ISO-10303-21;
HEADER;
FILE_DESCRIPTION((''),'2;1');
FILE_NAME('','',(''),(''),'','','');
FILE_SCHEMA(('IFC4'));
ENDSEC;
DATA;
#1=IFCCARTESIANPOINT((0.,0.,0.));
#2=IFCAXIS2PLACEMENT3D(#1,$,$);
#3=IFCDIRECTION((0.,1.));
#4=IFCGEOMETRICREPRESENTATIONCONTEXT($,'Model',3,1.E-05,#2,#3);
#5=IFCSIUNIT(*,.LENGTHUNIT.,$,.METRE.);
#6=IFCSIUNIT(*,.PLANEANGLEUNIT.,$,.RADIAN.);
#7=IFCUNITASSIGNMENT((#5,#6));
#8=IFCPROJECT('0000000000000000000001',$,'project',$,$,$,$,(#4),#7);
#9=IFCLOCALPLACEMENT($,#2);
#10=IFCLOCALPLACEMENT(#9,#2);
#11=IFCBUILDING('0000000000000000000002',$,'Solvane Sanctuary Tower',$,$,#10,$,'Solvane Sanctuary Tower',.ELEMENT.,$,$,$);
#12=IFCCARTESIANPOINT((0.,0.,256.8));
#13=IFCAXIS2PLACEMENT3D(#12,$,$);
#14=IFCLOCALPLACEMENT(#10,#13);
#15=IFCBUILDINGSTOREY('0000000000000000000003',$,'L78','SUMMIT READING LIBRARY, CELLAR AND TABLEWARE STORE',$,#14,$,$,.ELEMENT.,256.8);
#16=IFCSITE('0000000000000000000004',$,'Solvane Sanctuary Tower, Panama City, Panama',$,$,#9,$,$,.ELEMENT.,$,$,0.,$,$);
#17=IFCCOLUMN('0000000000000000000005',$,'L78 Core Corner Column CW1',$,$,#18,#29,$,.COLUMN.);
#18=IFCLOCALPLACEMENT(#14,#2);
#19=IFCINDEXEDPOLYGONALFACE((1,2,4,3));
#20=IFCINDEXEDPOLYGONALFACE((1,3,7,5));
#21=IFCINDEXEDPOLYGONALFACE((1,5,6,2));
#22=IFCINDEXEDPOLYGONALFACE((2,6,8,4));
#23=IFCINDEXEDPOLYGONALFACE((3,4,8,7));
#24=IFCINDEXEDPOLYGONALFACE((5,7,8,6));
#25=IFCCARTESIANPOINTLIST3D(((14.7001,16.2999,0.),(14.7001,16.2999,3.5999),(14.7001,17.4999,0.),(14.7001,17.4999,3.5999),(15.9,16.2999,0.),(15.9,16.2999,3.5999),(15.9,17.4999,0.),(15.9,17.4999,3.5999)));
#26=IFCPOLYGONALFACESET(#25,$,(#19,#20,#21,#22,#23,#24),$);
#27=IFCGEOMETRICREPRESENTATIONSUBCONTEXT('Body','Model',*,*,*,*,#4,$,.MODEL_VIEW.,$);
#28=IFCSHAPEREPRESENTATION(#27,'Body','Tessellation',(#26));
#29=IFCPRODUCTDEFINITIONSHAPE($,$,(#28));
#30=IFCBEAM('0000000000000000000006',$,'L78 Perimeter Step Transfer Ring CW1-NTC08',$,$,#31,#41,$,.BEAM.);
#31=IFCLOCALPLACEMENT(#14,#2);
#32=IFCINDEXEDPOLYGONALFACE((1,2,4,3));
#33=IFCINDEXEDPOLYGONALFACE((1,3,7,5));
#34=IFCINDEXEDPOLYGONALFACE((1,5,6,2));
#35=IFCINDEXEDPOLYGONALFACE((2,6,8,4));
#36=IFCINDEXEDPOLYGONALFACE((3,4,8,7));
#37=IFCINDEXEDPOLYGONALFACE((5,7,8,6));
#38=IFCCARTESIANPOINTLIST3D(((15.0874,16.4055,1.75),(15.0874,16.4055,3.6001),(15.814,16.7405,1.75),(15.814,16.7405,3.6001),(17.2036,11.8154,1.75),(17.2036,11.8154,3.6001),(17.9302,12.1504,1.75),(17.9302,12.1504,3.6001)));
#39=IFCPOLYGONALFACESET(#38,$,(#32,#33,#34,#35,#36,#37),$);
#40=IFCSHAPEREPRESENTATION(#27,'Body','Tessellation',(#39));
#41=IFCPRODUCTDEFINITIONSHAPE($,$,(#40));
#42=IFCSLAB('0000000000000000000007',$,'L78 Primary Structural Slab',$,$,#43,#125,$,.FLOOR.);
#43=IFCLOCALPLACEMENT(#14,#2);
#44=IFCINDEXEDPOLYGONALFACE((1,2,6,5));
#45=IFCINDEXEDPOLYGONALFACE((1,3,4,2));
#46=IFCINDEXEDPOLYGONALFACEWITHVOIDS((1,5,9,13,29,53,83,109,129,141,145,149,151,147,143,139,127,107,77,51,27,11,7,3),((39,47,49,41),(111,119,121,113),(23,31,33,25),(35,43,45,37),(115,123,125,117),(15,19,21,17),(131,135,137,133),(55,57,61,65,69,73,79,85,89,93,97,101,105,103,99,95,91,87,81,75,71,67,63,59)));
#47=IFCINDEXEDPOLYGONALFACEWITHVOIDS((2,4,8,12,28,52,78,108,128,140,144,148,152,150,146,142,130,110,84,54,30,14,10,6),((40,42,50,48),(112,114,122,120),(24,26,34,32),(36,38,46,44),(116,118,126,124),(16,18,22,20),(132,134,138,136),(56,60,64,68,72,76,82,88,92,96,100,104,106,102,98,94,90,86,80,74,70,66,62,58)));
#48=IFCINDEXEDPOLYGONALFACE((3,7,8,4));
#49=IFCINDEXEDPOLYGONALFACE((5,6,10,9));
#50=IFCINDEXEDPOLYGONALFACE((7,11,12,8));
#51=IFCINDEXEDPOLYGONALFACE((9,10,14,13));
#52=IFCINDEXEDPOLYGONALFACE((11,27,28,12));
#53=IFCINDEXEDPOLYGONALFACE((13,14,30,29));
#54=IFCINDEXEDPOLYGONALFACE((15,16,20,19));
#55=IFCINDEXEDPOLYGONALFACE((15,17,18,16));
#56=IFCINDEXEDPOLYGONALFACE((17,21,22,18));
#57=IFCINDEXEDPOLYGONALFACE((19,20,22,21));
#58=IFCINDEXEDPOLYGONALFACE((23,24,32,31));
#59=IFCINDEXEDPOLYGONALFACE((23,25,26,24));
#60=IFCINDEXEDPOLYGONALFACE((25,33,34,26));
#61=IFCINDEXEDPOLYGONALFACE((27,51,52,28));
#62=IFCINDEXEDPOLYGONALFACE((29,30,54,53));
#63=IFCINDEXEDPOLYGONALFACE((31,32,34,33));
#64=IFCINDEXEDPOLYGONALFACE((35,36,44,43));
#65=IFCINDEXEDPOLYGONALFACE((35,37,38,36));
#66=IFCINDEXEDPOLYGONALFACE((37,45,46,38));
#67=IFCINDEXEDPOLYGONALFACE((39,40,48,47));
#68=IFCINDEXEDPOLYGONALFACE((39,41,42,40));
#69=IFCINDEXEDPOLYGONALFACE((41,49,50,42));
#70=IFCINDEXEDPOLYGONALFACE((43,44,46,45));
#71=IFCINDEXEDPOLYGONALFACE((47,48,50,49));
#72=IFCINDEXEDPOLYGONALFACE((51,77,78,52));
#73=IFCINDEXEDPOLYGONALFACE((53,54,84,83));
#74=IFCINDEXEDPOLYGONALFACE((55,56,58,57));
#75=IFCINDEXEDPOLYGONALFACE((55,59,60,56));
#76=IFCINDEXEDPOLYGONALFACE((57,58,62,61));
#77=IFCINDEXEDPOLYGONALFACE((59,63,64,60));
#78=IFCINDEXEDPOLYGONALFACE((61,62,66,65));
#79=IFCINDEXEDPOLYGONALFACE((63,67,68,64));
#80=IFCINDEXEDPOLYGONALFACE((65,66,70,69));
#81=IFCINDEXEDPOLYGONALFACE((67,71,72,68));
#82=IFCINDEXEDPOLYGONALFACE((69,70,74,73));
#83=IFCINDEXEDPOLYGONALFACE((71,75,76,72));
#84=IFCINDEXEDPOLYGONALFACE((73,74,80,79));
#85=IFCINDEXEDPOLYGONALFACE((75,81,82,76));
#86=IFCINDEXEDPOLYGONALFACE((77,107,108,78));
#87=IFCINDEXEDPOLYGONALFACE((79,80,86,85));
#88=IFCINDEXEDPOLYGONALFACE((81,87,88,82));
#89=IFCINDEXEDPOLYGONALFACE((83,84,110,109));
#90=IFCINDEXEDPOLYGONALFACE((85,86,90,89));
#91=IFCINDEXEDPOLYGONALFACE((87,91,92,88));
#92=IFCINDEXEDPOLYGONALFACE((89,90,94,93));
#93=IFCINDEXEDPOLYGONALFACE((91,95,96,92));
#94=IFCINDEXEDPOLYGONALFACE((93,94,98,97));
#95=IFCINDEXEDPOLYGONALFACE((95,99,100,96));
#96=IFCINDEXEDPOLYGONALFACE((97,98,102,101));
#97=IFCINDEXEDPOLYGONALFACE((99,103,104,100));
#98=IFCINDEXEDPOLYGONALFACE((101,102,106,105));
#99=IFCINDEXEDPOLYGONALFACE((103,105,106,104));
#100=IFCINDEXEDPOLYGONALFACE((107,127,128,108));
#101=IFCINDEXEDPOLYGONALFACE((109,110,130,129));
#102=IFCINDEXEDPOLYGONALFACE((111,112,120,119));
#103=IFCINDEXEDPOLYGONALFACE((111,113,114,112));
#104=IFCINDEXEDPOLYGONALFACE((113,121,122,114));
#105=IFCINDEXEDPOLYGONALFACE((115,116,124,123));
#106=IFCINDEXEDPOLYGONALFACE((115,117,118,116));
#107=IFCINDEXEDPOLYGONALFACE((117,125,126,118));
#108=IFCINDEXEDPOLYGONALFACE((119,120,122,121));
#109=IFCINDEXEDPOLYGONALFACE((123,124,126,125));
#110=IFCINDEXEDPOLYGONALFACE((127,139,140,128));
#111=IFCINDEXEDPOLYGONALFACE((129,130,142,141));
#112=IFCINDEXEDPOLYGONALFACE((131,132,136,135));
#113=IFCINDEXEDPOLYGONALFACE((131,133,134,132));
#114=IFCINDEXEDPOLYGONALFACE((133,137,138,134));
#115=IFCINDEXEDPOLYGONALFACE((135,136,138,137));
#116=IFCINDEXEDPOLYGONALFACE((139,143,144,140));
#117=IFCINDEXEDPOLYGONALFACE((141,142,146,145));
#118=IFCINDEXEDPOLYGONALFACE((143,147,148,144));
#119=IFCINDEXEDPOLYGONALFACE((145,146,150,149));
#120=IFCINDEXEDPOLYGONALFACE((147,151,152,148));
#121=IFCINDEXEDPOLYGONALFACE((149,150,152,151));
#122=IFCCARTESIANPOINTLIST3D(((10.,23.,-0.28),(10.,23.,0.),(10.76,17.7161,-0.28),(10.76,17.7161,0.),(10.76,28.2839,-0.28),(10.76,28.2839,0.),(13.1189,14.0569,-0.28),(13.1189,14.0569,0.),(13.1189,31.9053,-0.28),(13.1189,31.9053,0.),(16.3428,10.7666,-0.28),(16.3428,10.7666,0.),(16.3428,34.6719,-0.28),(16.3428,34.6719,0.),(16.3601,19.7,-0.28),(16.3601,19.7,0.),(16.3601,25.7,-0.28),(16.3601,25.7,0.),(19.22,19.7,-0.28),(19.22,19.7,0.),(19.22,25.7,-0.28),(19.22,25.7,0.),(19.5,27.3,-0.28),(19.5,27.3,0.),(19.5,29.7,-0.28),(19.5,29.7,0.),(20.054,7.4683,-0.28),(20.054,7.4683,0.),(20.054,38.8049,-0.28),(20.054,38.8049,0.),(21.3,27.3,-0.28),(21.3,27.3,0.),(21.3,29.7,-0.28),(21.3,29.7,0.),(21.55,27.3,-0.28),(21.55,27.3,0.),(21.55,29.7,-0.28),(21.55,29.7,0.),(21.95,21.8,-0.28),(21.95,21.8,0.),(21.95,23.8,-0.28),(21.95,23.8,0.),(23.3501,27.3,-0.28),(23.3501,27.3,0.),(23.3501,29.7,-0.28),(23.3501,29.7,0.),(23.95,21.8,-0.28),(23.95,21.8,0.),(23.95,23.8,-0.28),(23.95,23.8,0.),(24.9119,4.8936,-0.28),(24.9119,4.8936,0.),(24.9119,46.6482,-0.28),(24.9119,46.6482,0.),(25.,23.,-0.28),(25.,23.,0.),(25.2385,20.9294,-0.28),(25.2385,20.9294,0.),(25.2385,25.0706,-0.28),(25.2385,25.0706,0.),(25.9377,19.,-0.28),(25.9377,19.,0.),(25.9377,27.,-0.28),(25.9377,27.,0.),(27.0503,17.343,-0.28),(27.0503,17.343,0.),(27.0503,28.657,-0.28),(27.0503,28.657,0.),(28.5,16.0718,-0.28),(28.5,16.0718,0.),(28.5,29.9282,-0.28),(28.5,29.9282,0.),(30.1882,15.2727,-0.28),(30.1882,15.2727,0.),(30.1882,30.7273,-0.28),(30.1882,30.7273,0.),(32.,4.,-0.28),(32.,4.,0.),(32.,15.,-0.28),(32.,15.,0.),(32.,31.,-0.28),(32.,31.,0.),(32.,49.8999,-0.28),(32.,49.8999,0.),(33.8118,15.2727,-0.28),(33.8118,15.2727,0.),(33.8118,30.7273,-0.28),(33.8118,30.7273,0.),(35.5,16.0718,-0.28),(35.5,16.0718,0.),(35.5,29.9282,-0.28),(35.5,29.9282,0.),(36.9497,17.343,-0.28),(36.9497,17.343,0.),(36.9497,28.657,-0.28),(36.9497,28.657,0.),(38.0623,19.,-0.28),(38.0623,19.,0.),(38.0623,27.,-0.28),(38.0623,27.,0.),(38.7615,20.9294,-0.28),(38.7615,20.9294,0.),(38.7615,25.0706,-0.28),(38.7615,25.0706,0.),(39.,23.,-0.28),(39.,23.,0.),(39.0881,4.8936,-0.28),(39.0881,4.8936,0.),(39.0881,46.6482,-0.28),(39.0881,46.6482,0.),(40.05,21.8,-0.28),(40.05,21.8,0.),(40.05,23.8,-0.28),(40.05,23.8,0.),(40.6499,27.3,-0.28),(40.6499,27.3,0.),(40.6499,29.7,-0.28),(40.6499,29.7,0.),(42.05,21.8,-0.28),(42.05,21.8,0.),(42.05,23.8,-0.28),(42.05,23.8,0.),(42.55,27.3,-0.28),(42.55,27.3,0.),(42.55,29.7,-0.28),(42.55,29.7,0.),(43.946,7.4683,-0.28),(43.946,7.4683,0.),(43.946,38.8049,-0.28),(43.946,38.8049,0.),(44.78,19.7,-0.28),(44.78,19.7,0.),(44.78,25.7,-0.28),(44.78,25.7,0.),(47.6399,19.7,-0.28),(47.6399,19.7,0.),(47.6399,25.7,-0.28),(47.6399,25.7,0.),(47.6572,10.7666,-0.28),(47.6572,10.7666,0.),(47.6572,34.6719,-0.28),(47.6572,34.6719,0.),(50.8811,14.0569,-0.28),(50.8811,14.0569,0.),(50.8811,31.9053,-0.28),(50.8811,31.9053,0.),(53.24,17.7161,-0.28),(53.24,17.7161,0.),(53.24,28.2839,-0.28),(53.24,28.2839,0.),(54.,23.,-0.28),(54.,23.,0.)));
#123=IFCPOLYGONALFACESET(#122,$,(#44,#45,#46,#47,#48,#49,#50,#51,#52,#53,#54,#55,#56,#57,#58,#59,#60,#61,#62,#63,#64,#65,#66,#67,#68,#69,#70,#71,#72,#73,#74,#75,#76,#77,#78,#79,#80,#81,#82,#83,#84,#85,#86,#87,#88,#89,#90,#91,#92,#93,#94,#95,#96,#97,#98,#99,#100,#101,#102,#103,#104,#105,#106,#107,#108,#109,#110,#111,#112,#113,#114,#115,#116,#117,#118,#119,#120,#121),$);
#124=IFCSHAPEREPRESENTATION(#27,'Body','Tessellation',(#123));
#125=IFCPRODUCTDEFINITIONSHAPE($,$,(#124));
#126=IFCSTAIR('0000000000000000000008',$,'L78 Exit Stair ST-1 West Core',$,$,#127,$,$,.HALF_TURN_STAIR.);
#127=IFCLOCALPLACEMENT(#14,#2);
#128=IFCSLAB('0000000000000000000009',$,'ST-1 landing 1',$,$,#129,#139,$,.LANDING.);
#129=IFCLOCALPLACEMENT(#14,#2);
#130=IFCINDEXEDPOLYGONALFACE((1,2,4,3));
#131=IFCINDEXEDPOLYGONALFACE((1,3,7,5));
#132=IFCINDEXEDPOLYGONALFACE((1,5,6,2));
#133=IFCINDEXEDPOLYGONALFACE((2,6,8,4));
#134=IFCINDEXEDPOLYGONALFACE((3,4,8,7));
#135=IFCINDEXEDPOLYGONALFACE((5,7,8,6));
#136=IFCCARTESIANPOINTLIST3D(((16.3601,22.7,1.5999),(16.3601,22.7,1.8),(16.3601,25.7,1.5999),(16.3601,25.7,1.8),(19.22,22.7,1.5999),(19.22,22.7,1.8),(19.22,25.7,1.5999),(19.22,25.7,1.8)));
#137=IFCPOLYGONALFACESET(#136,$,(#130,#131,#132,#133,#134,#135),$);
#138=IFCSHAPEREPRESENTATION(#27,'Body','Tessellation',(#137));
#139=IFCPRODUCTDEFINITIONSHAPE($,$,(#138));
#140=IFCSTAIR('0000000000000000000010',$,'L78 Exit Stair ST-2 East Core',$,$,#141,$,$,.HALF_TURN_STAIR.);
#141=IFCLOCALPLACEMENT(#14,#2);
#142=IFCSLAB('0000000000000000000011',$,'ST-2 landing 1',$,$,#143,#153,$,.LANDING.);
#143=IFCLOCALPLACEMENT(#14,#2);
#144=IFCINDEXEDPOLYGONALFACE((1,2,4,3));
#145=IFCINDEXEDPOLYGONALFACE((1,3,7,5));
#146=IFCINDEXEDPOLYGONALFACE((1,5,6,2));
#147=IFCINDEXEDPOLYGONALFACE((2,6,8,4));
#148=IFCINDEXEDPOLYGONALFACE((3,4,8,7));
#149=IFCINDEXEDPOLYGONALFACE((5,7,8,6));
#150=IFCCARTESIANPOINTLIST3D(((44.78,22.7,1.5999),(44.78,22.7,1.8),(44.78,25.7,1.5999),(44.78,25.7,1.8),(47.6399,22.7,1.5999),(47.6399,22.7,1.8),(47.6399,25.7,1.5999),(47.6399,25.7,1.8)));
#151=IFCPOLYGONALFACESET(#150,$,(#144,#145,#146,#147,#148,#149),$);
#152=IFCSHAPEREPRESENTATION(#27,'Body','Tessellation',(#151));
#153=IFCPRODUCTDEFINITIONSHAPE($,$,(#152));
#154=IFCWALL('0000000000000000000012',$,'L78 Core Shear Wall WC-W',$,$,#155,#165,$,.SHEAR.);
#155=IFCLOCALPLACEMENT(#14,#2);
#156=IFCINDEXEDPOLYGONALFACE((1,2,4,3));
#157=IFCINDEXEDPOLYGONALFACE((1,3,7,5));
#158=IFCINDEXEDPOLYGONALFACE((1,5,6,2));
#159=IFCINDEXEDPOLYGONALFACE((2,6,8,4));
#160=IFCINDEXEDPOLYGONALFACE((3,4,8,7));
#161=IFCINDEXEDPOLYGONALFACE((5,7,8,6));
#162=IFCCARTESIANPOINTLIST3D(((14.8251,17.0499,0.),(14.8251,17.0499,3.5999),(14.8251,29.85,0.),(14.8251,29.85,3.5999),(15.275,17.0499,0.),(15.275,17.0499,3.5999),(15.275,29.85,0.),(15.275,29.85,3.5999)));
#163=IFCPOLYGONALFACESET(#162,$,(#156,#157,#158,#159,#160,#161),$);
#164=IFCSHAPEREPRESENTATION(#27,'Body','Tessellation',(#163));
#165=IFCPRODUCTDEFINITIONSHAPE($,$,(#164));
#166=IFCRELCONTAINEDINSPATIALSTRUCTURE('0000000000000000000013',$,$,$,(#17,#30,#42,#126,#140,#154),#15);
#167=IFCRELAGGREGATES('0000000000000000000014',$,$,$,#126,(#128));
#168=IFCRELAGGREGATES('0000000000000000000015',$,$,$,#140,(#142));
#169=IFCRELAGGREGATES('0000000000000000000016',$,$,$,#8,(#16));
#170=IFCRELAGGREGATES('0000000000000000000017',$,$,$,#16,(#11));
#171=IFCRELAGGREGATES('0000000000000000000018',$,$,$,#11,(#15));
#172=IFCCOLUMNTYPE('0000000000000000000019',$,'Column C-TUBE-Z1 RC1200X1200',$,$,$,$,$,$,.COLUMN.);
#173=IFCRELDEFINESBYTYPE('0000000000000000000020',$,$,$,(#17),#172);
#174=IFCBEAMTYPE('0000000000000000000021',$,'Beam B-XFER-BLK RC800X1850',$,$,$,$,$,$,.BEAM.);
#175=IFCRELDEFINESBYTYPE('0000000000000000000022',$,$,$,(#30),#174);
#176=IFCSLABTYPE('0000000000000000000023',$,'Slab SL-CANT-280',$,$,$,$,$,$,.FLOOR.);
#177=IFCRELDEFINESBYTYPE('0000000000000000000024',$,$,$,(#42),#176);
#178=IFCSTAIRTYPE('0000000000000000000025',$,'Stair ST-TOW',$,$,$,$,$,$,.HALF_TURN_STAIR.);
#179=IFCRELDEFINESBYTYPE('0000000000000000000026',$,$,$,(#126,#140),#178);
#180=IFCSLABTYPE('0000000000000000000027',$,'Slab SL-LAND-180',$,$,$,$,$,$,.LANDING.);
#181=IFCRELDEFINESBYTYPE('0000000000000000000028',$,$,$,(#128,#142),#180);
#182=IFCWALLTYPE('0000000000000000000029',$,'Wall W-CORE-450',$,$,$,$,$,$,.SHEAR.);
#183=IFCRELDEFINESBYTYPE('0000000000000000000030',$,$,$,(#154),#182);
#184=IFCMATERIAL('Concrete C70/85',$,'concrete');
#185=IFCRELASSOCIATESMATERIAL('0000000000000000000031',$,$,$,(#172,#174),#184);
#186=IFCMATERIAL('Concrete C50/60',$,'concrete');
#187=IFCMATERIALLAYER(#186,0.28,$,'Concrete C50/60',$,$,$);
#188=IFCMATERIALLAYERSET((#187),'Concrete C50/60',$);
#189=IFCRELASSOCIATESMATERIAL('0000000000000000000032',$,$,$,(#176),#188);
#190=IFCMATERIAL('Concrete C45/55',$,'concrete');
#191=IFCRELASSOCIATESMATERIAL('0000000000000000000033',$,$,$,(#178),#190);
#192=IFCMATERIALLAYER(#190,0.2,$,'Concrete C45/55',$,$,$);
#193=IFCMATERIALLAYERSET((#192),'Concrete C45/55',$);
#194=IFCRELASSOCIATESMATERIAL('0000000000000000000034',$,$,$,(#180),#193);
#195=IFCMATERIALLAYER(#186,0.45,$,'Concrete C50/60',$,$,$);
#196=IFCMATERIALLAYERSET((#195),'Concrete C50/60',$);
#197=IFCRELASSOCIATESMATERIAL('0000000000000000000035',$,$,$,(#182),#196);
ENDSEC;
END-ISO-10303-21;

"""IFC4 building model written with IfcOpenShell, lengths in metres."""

from ifc_helpers import new_model, si_unit, direction, frame, frame_2d, origin, origin_2d, place, context, subcontext, project, spatial, polyline, rectangle, outline, extrude, material, layer, layer_set, material_profile, profile_set, type_object, element, aggregate, save


model = new_model("IFC4")

# Units and contexts
model_context = context("Model", 3, precision=1e-05, world=origin(), true_north=direction((0.0, 1.0)))
body_context = subcontext(model_context, "Body", "Model", "MODEL_VIEW")
ifc_project = project(units=[si_unit("LENGTHUNIT", "METRE"), si_unit("PLANEANGLEUNIT", "RADIAN")], contexts=[model_context])

# Site, building, storey
site_placement = place(None, origin())
site = spatial("IfcSite", under=ifc_project, at=site_placement, Name="Solvane Sanctuary Tower, Panama City, Panama", CompositionType="ELEMENT", RefElevation=0.0)
building_placement = place(site_placement, origin())
building = spatial("IfcBuilding", under=site, at=building_placement, Name="Solvane Sanctuary Tower", LongName="Solvane Sanctuary Tower", CompositionType="ELEMENT")
storey_placement = place(building_placement, frame((0.0, 0.0, 256.8)))
storey = spatial("IfcBuildingStorey", under=building, at=storey_placement, Name="L78", Description="SUMMIT READING LIBRARY, CELLAR AND TABLEWARE STORE", CompositionType="ELEMENT", Elevation=256.8)

# Column
ifc_material_1 = material(Name="Concrete C70/85", Category="concrete")
ifc_material_profile_1 = material_profile(ifc_material_1, rectangle(XDim=1.2, YDim=1.2, at=origin_2d()), Name="RC1200X1200")
ifc_profile_set_1 = profile_set([ifc_material_profile_1], Name="Concrete C70/85")
column_type = type_object("IfcColumnType", Name="Column C-TUBE-Z1 RC1200X1200", PredefinedType="COLUMN", material=ifc_profile_set_1)
column_placement = place(storey_placement, frame((15.3, 16.8999, 0.0), z_axis=(0.0, 0.0, 1.0), x_axis=(1.0, 0.0, 0.0)))
element("IfcColumn", 1, at=column_placement, inside=storey, type_object=column_type, Name="L78 Core Corner Column CW1", PredefinedType="COLUMN", context=body_context, shape_type="SweptSolid", body=[
    extrude(rectangle(XDim=1.2, YDim=1.2, at=origin_2d()), origin(), (0.0, 0.0, 1.0), 3.5999),
])

# Beam
ifc_material_profile_2 = material_profile(ifc_material_1, rectangle(XDim=0.8, YDim=1.8501, at=origin_2d()), Name="RC800X1850")
ifc_profile_set_2 = profile_set([ifc_material_profile_2], Name="Concrete C70/85")
beam_type = type_object("IfcBeamType", Name="Beam B-XFER-BLK RC800X1850", PredefinedType="BEAM", material=ifc_profile_set_2)
beam_placement = place(storey_placement, frame((15.4507, 16.573, 2.675), z_axis=(0.418684, -0.908132, 0.0), x_axis=(0.908132, 0.418684, 0.0)))
element("IfcBeam", 2, at=beam_placement, inside=storey, type_object=beam_type, Name="L78 Perimeter Step Transfer Ring CW1-NTC08", PredefinedType="BEAM", context=body_context, shape_type="SweptSolid", body=[
    extrude(rectangle(XDim=0.8, YDim=1.8501, at=origin_2d()), origin(), (0.0, 0.0, 1.0), 5.0544),
])

# Slab
ifc_material_2 = material(Name="Concrete C50/60", Category="concrete")
ifc_layer_1 = layer(ifc_material_2, 0.28, Name="Concrete C50/60")
ifc_layer_set_1 = layer_set([ifc_layer_1], Name="Concrete C50/60")
slab_type_1 = type_object("IfcSlabType", Name="Slab SL-CANT-280", PredefinedType="FLOOR", material=ifc_layer_set_1)
slab_1_placement = place(storey_placement, frame((0.0, 0.0, -0.28)))
element("IfcSlab", 3, at=slab_1_placement, inside=storey, type_object=slab_type_1, Name="L78 Primary Structural Slab", PredefinedType="FLOOR", context=body_context, shape_type="SweptSolid", body=[
    extrude(outline(polyline([(54.0, 23.0), (53.24, 28.2839), (50.8811, 31.9053), (47.6572, 34.6719), (43.946, 38.8049), (39.0881, 46.6482), (32.0, 49.8999), (24.9119, 46.6482), (20.054, 38.8049), (16.3428, 34.6719), (13.1189, 31.9053), (10.76, 28.2839), (10.0, 23.0), (10.76, 17.7161), (13.1189, 14.0569), (16.3428, 10.7666), (20.054, 7.4683), (24.9119, 4.8936), (32.0, 4.0), (39.0881, 4.8936), (43.946, 7.4683), (47.6572, 10.7666), (50.8811, 14.0569), (53.24, 17.7161), (54.0, 23.0)]), holes=[polyline([(38.7615, 20.9294), (38.0623, 19.0), (36.9497, 17.343), (35.5, 16.0718), (33.8118, 15.2727), (32.0, 15.0), (30.1882, 15.2727), (28.5, 16.0718), (27.0503, 17.343), (25.9377, 19.0), (25.2385, 20.9294), (25.0, 23.0), (25.2385, 25.0706), (25.9377, 27.0), (27.0503, 28.657), (28.5, 29.9282), (30.1882, 30.7273), (32.0, 31.0), (33.8118, 30.7273), (35.5, 29.9282), (36.9497, 28.657), (38.0623, 27.0), (38.7615, 25.0706), (39.0, 23.0), (38.7615, 20.9294)]), polyline([(16.3601, 19.7), (16.3601, 25.7), (19.22, 25.7), (19.22, 19.7), (16.3601, 19.7)]), polyline([(44.78, 19.7), (44.78, 25.7), (47.6399, 25.7), (47.6399, 19.7), (44.78, 19.7)]), polyline([(21.95, 23.8), (23.95, 23.8), (23.95, 21.8), (21.95, 21.8), (21.95, 23.8)]), polyline([(40.05, 23.8), (42.05, 23.8), (42.05, 21.8), (40.05, 21.8), (40.05, 23.8)]), polyline([(19.5, 29.7), (21.3, 29.7), (21.3, 27.3), (19.5, 27.3), (19.5, 29.7)]), polyline([(21.55, 29.7), (23.3501, 29.7), (23.3501, 27.3), (21.55, 27.3), (21.55, 29.7)]), polyline([(40.6499, 29.7), (42.55, 29.7), (42.55, 27.3), (40.6499, 27.3), (40.6499, 29.7)])]), origin(), (0.0, 0.0, 1.0), 0.28),
])

# Stairs, slabs
ifc_material_3 = material(Name="Concrete C45/55", Category="concrete")
stair_type = type_object("IfcStairType", Name="Stair ST-TOW", PredefinedType="HALF_TURN_STAIR", material=ifc_material_3)
stair_1_placement = place(storey_placement, origin())
stair_1 = element("IfcStair", 4, at=stair_1_placement, inside=storey, type_object=stair_type, Name="L78 Exit Stair ST-1 West Core", PredefinedType="HALF_TURN_STAIR")
ifc_layer_2 = layer(ifc_material_3, 0.2, Name="Concrete C45/55")
ifc_layer_set_2 = layer_set([ifc_layer_2], Name="Concrete C45/55")
slab_type_2 = type_object("IfcSlabType", Name="Slab SL-LAND-180", PredefinedType="LANDING", material=ifc_layer_set_2)
slab_2_placement = place(storey_placement, frame((0.0, 0.0, 1.5999)))
slab_2 = element("IfcSlab", 5, at=slab_2_placement, type_object=slab_type_2, Name="ST-1 landing 1", PredefinedType="LANDING", context=body_context, shape_type="SweptSolid", body=[
    extrude(outline(polyline([(19.22, 22.7), (19.22, 25.7), (16.3601, 25.7), (16.3601, 22.7), (19.22, 22.7)])), origin(), (0.0, 0.0, 1.0), 0.2002),
])
aggregate(stair_1, [slab_2])
stair_2_placement = place(storey_placement, origin())
stair_2 = element("IfcStair", 6, at=stair_2_placement, inside=storey, type_object=stair_type, Name="L78 Exit Stair ST-2 East Core", PredefinedType="HALF_TURN_STAIR")
slab_3_placement = place(storey_placement, frame((0.0, 0.0, 1.5999)))
slab_3 = element("IfcSlab", 7, at=slab_3_placement, type_object=slab_type_2, Name="ST-2 landing 1", PredefinedType="LANDING", context=body_context, shape_type="SweptSolid", body=[
    extrude(outline(polyline([(47.6399, 22.7), (47.6399, 25.7), (44.78, 25.7), (44.78, 22.7), (47.6399, 22.7)])), origin(), (0.0, 0.0, 1.0), 0.2002),
])
aggregate(stair_2, [slab_3])

# Wall
ifc_layer_3 = layer(ifc_material_2, 0.45, Name="Concrete C50/60")
ifc_layer_set_3 = layer_set([ifc_layer_3], Name="Concrete C50/60")
wall_type_1 = type_object("IfcWallType", Name="Wall W-CORE-450", PredefinedType="SHEAR", material=ifc_layer_set_3)
wall_1_placement = place(storey_placement, frame((15.05, 17.05, 0.0), z_axis=(0.0, 0.0, 1.0), x_axis=(0.0, 1.0, 0.0)))
element("IfcWall", 8, at=wall_1_placement, inside=storey, type_object=wall_type_1, Name="L78 Core Shear Wall WC-W", PredefinedType="SHEAR", context=body_context, shape_type="SweptSolid", body=[
    extrude(rectangle(XDim=12.8, YDim=0.45, at=frame_2d((6.3999, 0.0))), origin(), (0.0, 0.0, 1.0), 3.5999),
])

save(model, "model.ifc")
